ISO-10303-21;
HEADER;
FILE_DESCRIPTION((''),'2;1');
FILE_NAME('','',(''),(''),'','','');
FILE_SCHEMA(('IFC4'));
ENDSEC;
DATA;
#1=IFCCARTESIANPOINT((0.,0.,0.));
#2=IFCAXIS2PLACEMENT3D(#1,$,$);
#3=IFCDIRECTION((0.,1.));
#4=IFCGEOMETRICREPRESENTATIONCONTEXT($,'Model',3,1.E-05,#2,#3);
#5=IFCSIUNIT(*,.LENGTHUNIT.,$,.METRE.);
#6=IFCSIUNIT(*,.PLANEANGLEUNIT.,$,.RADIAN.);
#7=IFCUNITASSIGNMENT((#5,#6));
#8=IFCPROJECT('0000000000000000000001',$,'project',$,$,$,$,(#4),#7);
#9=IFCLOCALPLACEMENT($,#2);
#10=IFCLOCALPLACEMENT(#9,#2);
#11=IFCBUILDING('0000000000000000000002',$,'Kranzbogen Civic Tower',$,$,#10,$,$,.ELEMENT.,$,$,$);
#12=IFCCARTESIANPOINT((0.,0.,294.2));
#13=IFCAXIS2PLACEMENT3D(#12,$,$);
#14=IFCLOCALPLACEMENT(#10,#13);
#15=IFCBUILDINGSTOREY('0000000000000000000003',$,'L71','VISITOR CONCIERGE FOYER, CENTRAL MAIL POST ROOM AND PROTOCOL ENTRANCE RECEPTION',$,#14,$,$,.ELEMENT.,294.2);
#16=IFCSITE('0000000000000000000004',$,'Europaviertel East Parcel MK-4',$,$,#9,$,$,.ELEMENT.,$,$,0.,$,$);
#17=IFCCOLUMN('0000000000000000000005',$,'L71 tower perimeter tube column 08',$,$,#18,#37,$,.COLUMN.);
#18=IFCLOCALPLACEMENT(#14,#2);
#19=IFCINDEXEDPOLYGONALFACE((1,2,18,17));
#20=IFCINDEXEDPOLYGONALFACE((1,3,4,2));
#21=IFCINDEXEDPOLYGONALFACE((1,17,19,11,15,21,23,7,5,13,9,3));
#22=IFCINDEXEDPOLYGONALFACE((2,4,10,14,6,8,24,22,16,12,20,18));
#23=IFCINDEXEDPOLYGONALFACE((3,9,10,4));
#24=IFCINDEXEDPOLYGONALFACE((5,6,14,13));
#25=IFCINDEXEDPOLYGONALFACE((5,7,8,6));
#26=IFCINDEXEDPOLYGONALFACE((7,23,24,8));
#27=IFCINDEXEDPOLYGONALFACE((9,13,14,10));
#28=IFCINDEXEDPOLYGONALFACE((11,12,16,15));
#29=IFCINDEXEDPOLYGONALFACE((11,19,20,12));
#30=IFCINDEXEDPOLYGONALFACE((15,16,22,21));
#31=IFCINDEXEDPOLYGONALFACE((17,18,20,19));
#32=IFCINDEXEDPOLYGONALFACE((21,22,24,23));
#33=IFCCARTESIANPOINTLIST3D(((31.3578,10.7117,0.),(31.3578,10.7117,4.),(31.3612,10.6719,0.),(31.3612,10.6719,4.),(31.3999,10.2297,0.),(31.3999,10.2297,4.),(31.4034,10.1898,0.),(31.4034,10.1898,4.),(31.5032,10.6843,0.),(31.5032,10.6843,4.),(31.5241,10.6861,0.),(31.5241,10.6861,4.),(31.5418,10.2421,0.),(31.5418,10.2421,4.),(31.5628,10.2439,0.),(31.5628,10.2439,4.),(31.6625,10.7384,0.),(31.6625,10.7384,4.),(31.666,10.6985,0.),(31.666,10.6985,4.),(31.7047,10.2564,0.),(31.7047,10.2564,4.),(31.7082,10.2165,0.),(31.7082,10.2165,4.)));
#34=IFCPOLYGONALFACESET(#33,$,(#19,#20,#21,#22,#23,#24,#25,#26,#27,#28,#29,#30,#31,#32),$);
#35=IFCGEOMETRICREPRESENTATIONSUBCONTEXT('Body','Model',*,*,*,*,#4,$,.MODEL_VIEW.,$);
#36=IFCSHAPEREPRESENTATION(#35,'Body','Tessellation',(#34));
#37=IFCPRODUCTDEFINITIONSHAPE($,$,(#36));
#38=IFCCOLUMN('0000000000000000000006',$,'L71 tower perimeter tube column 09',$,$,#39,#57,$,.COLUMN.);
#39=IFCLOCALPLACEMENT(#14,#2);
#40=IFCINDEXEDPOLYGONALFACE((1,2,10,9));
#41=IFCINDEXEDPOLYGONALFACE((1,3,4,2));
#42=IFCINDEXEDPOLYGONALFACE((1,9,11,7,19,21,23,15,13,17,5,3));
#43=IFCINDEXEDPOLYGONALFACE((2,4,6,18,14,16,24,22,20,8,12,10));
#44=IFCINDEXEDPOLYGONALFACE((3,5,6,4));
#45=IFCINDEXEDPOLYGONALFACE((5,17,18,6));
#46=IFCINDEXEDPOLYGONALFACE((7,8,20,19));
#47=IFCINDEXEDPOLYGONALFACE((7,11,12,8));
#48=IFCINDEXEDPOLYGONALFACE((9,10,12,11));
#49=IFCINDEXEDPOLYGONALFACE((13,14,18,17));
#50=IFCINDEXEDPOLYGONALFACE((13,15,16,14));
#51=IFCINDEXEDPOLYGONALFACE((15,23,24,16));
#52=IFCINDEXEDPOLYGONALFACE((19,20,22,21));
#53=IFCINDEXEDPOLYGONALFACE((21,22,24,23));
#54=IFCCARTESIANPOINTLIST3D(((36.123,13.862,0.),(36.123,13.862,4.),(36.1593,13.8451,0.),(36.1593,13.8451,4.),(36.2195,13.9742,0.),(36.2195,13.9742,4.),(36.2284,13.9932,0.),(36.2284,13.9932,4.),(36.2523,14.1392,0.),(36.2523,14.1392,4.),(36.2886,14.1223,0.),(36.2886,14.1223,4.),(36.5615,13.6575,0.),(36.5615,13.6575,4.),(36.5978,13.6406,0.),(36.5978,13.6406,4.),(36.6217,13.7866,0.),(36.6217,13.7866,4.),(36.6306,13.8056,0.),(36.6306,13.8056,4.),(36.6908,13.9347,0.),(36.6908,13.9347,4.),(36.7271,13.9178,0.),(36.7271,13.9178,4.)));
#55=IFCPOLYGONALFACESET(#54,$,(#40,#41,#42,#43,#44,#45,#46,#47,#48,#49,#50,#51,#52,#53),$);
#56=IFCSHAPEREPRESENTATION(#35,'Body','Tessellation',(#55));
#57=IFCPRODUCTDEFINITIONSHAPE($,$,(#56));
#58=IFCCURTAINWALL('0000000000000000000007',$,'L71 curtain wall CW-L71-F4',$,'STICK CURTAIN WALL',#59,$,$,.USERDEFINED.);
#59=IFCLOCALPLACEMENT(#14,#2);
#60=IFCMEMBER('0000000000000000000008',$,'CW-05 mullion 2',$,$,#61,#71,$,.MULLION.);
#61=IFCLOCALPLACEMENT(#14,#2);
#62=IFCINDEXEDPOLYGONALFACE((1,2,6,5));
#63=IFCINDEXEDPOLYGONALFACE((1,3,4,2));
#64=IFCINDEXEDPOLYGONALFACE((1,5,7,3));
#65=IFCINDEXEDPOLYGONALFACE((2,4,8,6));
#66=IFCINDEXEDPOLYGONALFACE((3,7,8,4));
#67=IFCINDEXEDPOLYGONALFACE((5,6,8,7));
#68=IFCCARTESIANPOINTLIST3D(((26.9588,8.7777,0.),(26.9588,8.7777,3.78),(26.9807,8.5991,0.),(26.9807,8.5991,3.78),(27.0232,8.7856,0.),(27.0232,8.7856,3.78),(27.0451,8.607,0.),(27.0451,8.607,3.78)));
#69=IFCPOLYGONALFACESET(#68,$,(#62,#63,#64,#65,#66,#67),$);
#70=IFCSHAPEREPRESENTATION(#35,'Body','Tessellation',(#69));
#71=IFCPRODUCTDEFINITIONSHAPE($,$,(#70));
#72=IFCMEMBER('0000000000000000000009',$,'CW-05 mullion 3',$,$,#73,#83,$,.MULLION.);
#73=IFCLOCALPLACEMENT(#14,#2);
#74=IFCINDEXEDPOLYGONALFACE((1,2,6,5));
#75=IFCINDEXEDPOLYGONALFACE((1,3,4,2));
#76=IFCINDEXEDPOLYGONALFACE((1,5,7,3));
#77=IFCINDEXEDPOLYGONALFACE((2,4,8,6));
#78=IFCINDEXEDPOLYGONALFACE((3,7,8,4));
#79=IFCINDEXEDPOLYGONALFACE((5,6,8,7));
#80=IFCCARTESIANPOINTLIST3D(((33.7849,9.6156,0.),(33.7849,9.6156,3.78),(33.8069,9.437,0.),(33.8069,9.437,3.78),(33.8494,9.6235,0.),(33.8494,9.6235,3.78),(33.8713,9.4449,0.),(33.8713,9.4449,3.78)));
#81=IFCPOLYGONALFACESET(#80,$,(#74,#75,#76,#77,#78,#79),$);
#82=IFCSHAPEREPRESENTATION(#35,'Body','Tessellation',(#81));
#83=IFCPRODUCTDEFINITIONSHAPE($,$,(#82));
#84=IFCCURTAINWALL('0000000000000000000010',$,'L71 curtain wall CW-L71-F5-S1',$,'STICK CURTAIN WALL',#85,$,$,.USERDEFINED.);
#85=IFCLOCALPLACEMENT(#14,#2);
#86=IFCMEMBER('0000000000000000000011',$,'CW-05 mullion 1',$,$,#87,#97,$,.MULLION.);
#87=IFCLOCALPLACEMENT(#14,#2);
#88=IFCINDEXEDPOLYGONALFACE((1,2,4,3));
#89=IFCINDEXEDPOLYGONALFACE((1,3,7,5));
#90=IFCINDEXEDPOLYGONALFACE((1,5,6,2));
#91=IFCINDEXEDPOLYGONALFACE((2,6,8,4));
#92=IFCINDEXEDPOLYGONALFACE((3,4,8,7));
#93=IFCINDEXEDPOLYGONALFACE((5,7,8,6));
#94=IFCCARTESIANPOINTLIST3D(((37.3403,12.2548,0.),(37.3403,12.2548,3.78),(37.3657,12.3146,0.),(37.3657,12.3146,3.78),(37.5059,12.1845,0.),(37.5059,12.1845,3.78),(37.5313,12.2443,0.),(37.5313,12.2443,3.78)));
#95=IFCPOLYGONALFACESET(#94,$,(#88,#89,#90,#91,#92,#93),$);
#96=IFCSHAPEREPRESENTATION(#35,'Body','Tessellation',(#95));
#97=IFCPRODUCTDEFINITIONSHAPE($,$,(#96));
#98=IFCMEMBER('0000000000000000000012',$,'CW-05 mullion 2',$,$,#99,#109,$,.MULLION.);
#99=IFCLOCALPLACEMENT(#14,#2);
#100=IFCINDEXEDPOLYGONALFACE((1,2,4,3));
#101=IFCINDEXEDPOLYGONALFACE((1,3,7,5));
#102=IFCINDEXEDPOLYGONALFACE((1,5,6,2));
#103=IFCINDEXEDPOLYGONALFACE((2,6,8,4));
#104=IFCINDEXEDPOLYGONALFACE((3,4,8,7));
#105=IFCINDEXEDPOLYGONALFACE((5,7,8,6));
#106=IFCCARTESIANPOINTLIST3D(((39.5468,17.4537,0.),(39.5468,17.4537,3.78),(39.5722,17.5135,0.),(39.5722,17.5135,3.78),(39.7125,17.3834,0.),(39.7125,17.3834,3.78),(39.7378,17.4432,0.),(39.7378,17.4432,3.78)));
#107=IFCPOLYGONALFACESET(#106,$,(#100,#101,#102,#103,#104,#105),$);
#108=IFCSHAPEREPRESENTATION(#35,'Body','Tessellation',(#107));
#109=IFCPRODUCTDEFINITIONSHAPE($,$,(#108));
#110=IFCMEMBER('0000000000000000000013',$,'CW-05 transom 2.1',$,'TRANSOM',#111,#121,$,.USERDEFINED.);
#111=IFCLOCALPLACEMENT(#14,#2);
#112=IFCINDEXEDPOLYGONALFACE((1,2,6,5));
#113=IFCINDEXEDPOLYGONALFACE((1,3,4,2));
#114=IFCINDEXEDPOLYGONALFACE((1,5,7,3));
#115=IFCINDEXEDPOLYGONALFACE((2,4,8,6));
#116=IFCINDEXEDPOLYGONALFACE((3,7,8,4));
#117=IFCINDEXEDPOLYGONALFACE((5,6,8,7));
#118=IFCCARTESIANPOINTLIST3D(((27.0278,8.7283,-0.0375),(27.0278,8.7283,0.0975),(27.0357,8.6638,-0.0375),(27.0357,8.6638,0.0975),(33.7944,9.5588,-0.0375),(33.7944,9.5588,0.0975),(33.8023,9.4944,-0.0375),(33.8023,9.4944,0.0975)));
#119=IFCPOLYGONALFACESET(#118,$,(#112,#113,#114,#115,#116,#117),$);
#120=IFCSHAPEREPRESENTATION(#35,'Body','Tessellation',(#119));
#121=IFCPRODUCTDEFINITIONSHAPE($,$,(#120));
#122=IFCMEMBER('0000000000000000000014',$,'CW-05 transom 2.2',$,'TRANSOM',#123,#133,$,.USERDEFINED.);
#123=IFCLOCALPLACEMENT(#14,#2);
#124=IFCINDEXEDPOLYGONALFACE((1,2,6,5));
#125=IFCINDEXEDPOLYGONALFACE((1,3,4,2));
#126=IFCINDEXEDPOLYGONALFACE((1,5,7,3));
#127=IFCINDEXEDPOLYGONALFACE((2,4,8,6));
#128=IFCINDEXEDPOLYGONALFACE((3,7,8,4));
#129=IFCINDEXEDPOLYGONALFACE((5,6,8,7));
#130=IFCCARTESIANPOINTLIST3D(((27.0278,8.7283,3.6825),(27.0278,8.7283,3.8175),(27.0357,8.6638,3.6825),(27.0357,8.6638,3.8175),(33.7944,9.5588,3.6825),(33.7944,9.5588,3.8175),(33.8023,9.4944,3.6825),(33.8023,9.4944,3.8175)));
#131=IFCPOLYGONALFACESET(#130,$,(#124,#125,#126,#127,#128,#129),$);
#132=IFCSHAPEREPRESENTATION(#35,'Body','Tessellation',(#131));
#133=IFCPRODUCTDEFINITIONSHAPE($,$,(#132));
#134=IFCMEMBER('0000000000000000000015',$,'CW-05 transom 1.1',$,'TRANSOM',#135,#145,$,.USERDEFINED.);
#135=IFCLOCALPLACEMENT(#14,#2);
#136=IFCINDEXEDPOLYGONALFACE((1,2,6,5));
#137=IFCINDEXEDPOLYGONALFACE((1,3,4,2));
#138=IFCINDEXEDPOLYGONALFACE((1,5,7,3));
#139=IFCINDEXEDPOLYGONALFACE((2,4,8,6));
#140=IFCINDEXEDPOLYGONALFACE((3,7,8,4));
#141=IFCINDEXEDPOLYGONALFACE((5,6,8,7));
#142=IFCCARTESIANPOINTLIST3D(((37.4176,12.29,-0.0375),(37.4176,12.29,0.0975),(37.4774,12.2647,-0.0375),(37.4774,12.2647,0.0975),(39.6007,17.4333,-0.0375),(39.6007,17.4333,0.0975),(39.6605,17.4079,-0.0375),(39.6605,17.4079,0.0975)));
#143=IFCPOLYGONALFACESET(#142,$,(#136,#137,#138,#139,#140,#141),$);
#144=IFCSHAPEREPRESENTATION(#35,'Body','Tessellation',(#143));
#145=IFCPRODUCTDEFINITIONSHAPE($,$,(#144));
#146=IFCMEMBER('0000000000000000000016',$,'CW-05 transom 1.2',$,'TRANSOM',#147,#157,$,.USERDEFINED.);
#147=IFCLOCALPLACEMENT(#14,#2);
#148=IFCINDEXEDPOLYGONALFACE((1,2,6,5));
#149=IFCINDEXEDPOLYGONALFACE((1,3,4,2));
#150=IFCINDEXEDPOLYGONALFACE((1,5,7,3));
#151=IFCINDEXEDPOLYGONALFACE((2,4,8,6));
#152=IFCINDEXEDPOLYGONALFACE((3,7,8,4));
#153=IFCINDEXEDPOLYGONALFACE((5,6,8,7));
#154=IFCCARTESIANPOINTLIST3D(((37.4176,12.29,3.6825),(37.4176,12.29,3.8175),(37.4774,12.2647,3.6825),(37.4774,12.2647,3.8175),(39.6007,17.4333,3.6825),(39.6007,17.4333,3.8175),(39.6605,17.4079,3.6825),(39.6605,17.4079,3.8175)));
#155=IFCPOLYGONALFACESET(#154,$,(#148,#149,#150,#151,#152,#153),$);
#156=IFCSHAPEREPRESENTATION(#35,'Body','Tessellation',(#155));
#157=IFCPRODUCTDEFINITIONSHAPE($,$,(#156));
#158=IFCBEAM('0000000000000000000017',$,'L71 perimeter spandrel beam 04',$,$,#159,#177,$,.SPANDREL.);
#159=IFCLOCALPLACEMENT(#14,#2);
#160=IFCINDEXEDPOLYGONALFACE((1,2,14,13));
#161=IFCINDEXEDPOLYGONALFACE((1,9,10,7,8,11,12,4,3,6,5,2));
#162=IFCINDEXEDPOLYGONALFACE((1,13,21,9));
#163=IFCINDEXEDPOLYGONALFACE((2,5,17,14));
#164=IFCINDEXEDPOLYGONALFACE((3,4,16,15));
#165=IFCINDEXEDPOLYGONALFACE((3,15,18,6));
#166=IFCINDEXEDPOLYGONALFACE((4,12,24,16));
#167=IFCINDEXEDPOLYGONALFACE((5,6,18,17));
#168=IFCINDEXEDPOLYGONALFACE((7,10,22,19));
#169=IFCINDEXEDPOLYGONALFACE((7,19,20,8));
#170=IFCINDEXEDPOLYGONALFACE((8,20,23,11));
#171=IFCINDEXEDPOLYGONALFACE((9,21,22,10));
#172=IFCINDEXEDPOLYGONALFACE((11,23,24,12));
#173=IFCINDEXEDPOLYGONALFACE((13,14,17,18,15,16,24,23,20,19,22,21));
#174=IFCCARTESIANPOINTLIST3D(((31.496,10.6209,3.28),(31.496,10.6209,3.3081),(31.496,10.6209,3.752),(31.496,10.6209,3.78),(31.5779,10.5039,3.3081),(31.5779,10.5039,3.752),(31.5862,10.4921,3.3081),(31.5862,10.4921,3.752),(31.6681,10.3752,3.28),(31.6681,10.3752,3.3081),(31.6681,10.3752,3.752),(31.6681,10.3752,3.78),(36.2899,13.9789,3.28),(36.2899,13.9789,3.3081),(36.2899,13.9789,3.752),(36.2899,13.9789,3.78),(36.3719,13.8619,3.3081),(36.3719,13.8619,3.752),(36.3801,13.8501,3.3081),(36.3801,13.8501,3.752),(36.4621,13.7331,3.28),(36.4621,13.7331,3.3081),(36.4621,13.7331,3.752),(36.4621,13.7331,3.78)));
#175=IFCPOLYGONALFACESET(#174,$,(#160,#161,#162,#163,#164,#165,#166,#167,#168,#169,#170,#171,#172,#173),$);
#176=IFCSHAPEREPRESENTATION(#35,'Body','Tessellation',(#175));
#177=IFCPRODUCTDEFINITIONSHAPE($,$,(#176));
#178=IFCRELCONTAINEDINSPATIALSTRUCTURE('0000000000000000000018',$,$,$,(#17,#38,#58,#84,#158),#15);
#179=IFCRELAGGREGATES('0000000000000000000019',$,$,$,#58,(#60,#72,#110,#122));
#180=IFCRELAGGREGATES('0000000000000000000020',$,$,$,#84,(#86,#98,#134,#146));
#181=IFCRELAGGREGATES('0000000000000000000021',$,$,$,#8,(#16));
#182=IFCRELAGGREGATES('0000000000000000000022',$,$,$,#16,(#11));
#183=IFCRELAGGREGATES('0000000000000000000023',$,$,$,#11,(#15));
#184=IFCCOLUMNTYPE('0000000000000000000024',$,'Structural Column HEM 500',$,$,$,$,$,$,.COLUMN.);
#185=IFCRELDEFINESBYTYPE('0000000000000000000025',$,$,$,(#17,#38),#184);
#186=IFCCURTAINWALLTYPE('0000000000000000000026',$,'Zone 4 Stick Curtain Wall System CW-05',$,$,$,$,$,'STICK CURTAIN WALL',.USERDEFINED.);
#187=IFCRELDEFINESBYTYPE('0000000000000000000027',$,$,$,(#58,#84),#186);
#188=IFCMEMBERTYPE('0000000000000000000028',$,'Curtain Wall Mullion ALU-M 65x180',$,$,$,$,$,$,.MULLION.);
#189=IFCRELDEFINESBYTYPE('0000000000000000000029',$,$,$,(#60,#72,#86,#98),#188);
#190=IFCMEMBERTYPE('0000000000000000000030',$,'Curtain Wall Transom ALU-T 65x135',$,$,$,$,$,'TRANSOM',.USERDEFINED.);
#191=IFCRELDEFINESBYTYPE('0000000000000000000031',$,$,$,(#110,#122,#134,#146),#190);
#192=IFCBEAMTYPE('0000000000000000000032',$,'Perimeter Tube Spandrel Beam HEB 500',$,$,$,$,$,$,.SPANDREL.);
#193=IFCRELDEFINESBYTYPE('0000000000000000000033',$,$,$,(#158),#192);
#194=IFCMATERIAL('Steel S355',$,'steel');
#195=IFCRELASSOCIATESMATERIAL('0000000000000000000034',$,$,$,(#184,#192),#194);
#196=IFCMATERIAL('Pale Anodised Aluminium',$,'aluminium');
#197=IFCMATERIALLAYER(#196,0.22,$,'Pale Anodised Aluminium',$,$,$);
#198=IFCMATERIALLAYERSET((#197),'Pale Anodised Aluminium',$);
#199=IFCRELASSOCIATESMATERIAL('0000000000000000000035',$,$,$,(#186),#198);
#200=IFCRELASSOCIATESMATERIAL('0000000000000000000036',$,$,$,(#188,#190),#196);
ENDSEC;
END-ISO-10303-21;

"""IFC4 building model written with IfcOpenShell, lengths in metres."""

from ifc_helpers import new_model, si_unit, direction, frame, origin, origin_2d, place, context, subcontext, project, spatial, rectangle, i_section, extrude, material, layer, layer_set, material_profile, profile_set, type_object, element, aggregate, save


model = new_model("IFC4")

# Units and contexts
model_context = context("Model", 3, precision=1e-05, world=origin(), true_north=direction((0.0, 1.0)))
body_context = subcontext(model_context, "Body", "Model", "MODEL_VIEW")
ifc_project = project(units=[si_unit("LENGTHUNIT", "METRE"), si_unit("PLANEANGLEUNIT", "RADIAN")], contexts=[model_context])

# Site, building, storey
site_placement = place(None, origin())
site = spatial("IfcSite", under=ifc_project, at=site_placement, Name="Europaviertel East Parcel MK-4", CompositionType="ELEMENT", RefElevation=0.0)
building_placement = place(site_placement, origin())
building = spatial("IfcBuilding", under=site, at=building_placement, Name="Kranzbogen Civic Tower", CompositionType="ELEMENT")
storey_placement = place(building_placement, frame((0.0, 0.0, 294.2)))
storey = spatial("IfcBuildingStorey", under=building, at=storey_placement, Name="L71", Description="VISITOR CONCIERGE FOYER, CENTRAL MAIL POST ROOM AND PROTOCOL ENTRANCE RECEPTION", CompositionType="ELEMENT", Elevation=294.2)

# Columns
ifc_material_1 = material(Name="Steel S355", Category="steel")
ifc_material_profile_1 = material_profile(ifc_material_1, i_section(OverallWidth=0.3059, OverallDepth=0.5239, WebThickness=0.021, FlangeThickness=0.04, at=origin_2d()), Name="HEM 500")
ifc_profile_set_1 = profile_set([ifc_material_profile_1], Name="Steel S355")
column_type = type_object("IfcColumnType", Name="Structural Column HEM 500", PredefinedType="COLUMN", material=ifc_profile_set_1)
for number, where, z_axis, x_axis, name in (
    (1, (31.533, 10.4641, 0.0), (0.0, 0.0, 1.0), (0.996195, 0.087156, 0.0), "L71 tower perimeter tube column 08"),
    (2, (36.425, 13.8899, 0.0), (0.0, 0.0, 1.0), (0.422618, 0.906308, 0.0), "L71 tower perimeter tube column 09"),
):
    element("IfcColumn", number, at=place(storey_placement, frame(where, z_axis=z_axis, x_axis=x_axis)), inside=storey, type_object=column_type, Name=name, PredefinedType="COLUMN", context=body_context, shape_type="SweptSolid", body=[
        extrude(i_section(OverallWidth=0.3059, OverallDepth=0.5239, WebThickness=0.021, FlangeThickness=0.04, at=origin_2d()), origin(), (0.0, 0.0, 1.0), 4.0),
    ])

# Curtain walls, members
ifc_material_2 = material(Name="Pale Anodised Aluminium", Category="aluminium")
ifc_layer_1 = layer(ifc_material_2, 0.22, Name="Pale Anodised Aluminium")
ifc_layer_set_1 = layer_set([ifc_layer_1], Name="Pale Anodised Aluminium")
curtain_wall_type = type_object("IfcCurtainWallType", Name="Zone 4 Stick Curtain Wall System CW-05", ElementType="STICK CURTAIN WALL", PredefinedType="USERDEFINED", material=ifc_layer_set_1)
curtain_wall_1_placement = place(storey_placement, origin())
curtain_wall_1 = element("IfcCurtainWall", 3, at=curtain_wall_1_placement, inside=storey, type_object=curtain_wall_type, Name="L71 curtain wall CW-L71-F4", ObjectType="STICK CURTAIN WALL", PredefinedType="USERDEFINED")
ifc_material_profile_2 = material_profile(ifc_material_2, rectangle(XDim=0.0649, YDim=0.1799, at=origin_2d()), Name="ALU-M 65x180")
ifc_profile_set_2 = profile_set([ifc_material_profile_2], Name="Pale Anodised Aluminium")
member_type_1 = type_object("IfcMemberType", Name="Curtain Wall Mullion ALU-M 65x180", PredefinedType="MULLION", material=ifc_profile_set_2)
member_1_placement = place(storey_placement, frame((27.002, 8.6924, 0.0), z_axis=(0.0, 0.0, 1.0), x_axis=(0.992552, 0.121825, 0.0)))
member_1 = element("IfcMember", 4, at=member_1_placement, type_object=member_type_1, Name="CW-05 mullion 2", PredefinedType="MULLION", context=body_context, shape_type="SweptSolid", body=[
    extrude(rectangle(XDim=0.0649, YDim=0.1799, at=origin_2d()), origin(), (0.0, 0.0, 1.0), 3.78),
])
member_2_placement = place(storey_placement, frame((33.8281, 9.5303, 0.0), z_axis=(0.0, 0.0, 1.0), x_axis=(0.992552, 0.121825, 0.0)))
member_2 = element("IfcMember", 5, at=member_2_placement, type_object=member_type_1, Name="CW-05 mullion 3", PredefinedType="MULLION", context=body_context, shape_type="SweptSolid", body=[
    extrude(rectangle(XDim=0.0649, YDim=0.1799, at=origin_2d()), origin(), (0.0, 0.0, 1.0), 3.78),
])
curtain_wall_2_placement = place(storey_placement, origin())
curtain_wall_2 = element("IfcCurtainWall", 6, at=curtain_wall_2_placement, inside=storey, type_object=curtain_wall_type, Name="L71 curtain wall CW-L71-F5-S1", ObjectType="STICK CURTAIN WALL", PredefinedType="USERDEFINED")
member_3_placement = place(storey_placement, frame((37.4358, 12.2495, 0.0), z_axis=(0.0, 0.0, 1.0), x_axis=(0.390703, 0.920517, 0.0)))
member_3 = element("IfcMember", 7, at=member_3_placement, type_object=member_type_1, Name="CW-05 mullion 1", PredefinedType="MULLION", context=body_context, shape_type="SweptSolid", body=[
    extrude(rectangle(XDim=0.0649, YDim=0.1799, at=origin_2d()), origin(), (0.0, 0.0, 1.0), 3.78),
])
member_4_placement = place(storey_placement, frame((39.6423, 17.4485, 0.0), z_axis=(0.0, 0.0, 1.0), x_axis=(0.390703, 0.920517, 0.0)))
member_4 = element("IfcMember", 8, at=member_4_placement, type_object=member_type_1, Name="CW-05 mullion 2", PredefinedType="MULLION", context=body_context, shape_type="SweptSolid", body=[
    extrude(rectangle(XDim=0.0649, YDim=0.1799, at=origin_2d()), origin(), (0.0, 0.0, 1.0), 3.78),
])

# Members
ifc_material_profile_3 = material_profile(ifc_material_2, rectangle(XDim=0.0649, YDim=0.135, at=origin_2d()), Name="ALU-T 65x135")
ifc_profile_set_3 = profile_set([ifc_material_profile_3], Name="Pale Anodised Aluminium")
member_type_2 = type_object("IfcMemberType", Name="Curtain Wall Transom ALU-T 65x135", ElementType="TRANSOM", PredefinedType="USERDEFINED", material=ifc_profile_set_3)
member_5_placement = place(storey_placement, frame((27.0317, 8.696, 0.03), z_axis=(0.992551, 0.121831, 0.0), x_axis=(-0.121831, 0.992551, 0.0)))
member_5 = element("IfcMember", 9, at=member_5_placement, type_object=member_type_2, Name="CW-05 transom 2.1", ObjectType="TRANSOM", PredefinedType="USERDEFINED", context=body_context, shape_type="SweptSolid", body=[
    extrude(rectangle(XDim=0.0649, YDim=0.135, at=origin_2d()), origin(), (0.0, 0.0, 1.0), 6.8174),
])
member_6_placement = place(storey_placement, frame((27.0317, 8.696, 3.75), z_axis=(0.992551, 0.121831, 0.0), x_axis=(-0.121831, 0.992551, 0.0)))
member_6 = element("IfcMember", 10, at=member_6_placement, type_object=member_type_2, Name="CW-05 transom 2.2", ObjectType="TRANSOM", PredefinedType="USERDEFINED", context=body_context, shape_type="SweptSolid", body=[
    extrude(rectangle(XDim=0.0649, YDim=0.135, at=origin_2d()), origin(), (0.0, 0.0, 1.0), 6.8174),
])
member_7_placement = place(storey_placement, frame((37.4475, 12.2773, 0.03), z_axis=(0.390716, 0.920511, 0.0), x_axis=(-0.920511, 0.390716, 0.0)))
member_7 = element("IfcMember", 11, at=member_7_placement, type_object=member_type_2, Name="CW-05 transom 1.1", ObjectType="TRANSOM", PredefinedType="USERDEFINED", context=body_context, shape_type="SweptSolid", body=[
    extrude(rectangle(XDim=0.0649, YDim=0.135, at=origin_2d()), origin(), (0.0, 0.0, 1.0), 5.5874),
])
member_8_placement = place(storey_placement, frame((37.4475, 12.2773, 3.75), z_axis=(0.390716, 0.920511, 0.0), x_axis=(-0.920511, 0.390716, 0.0)))
member_8 = element("IfcMember", 12, at=member_8_placement, type_object=member_type_2, Name="CW-05 transom 1.2", ObjectType="TRANSOM", PredefinedType="USERDEFINED", context=body_context, shape_type="SweptSolid", body=[
    extrude(rectangle(XDim=0.0649, YDim=0.135, at=origin_2d()), origin(), (0.0, 0.0, 1.0), 5.5874),
])

# Beam
ifc_material_profile_4 = material_profile(ifc_material_1, i_section(OverallWidth=0.3, OverallDepth=0.5, WebThickness=0.0144, FlangeThickness=0.0281, at=origin_2d()), Name="HEB 500")
ifc_profile_set_4 = profile_set([ifc_material_profile_4], Name="Steel S355")
beam_type_1 = type_object("IfcBeamType", Name="Perimeter Tube Spandrel Beam HEB 500", PredefinedType="SPANDREL", material=ifc_profile_set_4)
beam_1_placement = place(storey_placement, frame((31.582, 10.498, 3.53), z_axis=(0.819059, 0.573709, 0.0), x_axis=(-0.573709, 0.819059, 0.0)))
element("IfcBeam", 13, at=beam_1_placement, inside=storey, type_object=beam_type_1, Name="L71 perimeter spandrel beam 04", PredefinedType="SPANDREL", context=body_context, shape_type="SweptSolid", body=[
    extrude(i_section(OverallWidth=0.3, OverallDepth=0.5, WebThickness=0.0144, FlangeThickness=0.0281, at=origin_2d()), origin(), (0.0, 0.0, 1.0), 5.853),
])

aggregate(curtain_wall_1, [member_1, member_2, member_5, member_6])
aggregate(curtain_wall_2, [member_3, member_4, member_7, member_8])

save(model, "model.ifc")
